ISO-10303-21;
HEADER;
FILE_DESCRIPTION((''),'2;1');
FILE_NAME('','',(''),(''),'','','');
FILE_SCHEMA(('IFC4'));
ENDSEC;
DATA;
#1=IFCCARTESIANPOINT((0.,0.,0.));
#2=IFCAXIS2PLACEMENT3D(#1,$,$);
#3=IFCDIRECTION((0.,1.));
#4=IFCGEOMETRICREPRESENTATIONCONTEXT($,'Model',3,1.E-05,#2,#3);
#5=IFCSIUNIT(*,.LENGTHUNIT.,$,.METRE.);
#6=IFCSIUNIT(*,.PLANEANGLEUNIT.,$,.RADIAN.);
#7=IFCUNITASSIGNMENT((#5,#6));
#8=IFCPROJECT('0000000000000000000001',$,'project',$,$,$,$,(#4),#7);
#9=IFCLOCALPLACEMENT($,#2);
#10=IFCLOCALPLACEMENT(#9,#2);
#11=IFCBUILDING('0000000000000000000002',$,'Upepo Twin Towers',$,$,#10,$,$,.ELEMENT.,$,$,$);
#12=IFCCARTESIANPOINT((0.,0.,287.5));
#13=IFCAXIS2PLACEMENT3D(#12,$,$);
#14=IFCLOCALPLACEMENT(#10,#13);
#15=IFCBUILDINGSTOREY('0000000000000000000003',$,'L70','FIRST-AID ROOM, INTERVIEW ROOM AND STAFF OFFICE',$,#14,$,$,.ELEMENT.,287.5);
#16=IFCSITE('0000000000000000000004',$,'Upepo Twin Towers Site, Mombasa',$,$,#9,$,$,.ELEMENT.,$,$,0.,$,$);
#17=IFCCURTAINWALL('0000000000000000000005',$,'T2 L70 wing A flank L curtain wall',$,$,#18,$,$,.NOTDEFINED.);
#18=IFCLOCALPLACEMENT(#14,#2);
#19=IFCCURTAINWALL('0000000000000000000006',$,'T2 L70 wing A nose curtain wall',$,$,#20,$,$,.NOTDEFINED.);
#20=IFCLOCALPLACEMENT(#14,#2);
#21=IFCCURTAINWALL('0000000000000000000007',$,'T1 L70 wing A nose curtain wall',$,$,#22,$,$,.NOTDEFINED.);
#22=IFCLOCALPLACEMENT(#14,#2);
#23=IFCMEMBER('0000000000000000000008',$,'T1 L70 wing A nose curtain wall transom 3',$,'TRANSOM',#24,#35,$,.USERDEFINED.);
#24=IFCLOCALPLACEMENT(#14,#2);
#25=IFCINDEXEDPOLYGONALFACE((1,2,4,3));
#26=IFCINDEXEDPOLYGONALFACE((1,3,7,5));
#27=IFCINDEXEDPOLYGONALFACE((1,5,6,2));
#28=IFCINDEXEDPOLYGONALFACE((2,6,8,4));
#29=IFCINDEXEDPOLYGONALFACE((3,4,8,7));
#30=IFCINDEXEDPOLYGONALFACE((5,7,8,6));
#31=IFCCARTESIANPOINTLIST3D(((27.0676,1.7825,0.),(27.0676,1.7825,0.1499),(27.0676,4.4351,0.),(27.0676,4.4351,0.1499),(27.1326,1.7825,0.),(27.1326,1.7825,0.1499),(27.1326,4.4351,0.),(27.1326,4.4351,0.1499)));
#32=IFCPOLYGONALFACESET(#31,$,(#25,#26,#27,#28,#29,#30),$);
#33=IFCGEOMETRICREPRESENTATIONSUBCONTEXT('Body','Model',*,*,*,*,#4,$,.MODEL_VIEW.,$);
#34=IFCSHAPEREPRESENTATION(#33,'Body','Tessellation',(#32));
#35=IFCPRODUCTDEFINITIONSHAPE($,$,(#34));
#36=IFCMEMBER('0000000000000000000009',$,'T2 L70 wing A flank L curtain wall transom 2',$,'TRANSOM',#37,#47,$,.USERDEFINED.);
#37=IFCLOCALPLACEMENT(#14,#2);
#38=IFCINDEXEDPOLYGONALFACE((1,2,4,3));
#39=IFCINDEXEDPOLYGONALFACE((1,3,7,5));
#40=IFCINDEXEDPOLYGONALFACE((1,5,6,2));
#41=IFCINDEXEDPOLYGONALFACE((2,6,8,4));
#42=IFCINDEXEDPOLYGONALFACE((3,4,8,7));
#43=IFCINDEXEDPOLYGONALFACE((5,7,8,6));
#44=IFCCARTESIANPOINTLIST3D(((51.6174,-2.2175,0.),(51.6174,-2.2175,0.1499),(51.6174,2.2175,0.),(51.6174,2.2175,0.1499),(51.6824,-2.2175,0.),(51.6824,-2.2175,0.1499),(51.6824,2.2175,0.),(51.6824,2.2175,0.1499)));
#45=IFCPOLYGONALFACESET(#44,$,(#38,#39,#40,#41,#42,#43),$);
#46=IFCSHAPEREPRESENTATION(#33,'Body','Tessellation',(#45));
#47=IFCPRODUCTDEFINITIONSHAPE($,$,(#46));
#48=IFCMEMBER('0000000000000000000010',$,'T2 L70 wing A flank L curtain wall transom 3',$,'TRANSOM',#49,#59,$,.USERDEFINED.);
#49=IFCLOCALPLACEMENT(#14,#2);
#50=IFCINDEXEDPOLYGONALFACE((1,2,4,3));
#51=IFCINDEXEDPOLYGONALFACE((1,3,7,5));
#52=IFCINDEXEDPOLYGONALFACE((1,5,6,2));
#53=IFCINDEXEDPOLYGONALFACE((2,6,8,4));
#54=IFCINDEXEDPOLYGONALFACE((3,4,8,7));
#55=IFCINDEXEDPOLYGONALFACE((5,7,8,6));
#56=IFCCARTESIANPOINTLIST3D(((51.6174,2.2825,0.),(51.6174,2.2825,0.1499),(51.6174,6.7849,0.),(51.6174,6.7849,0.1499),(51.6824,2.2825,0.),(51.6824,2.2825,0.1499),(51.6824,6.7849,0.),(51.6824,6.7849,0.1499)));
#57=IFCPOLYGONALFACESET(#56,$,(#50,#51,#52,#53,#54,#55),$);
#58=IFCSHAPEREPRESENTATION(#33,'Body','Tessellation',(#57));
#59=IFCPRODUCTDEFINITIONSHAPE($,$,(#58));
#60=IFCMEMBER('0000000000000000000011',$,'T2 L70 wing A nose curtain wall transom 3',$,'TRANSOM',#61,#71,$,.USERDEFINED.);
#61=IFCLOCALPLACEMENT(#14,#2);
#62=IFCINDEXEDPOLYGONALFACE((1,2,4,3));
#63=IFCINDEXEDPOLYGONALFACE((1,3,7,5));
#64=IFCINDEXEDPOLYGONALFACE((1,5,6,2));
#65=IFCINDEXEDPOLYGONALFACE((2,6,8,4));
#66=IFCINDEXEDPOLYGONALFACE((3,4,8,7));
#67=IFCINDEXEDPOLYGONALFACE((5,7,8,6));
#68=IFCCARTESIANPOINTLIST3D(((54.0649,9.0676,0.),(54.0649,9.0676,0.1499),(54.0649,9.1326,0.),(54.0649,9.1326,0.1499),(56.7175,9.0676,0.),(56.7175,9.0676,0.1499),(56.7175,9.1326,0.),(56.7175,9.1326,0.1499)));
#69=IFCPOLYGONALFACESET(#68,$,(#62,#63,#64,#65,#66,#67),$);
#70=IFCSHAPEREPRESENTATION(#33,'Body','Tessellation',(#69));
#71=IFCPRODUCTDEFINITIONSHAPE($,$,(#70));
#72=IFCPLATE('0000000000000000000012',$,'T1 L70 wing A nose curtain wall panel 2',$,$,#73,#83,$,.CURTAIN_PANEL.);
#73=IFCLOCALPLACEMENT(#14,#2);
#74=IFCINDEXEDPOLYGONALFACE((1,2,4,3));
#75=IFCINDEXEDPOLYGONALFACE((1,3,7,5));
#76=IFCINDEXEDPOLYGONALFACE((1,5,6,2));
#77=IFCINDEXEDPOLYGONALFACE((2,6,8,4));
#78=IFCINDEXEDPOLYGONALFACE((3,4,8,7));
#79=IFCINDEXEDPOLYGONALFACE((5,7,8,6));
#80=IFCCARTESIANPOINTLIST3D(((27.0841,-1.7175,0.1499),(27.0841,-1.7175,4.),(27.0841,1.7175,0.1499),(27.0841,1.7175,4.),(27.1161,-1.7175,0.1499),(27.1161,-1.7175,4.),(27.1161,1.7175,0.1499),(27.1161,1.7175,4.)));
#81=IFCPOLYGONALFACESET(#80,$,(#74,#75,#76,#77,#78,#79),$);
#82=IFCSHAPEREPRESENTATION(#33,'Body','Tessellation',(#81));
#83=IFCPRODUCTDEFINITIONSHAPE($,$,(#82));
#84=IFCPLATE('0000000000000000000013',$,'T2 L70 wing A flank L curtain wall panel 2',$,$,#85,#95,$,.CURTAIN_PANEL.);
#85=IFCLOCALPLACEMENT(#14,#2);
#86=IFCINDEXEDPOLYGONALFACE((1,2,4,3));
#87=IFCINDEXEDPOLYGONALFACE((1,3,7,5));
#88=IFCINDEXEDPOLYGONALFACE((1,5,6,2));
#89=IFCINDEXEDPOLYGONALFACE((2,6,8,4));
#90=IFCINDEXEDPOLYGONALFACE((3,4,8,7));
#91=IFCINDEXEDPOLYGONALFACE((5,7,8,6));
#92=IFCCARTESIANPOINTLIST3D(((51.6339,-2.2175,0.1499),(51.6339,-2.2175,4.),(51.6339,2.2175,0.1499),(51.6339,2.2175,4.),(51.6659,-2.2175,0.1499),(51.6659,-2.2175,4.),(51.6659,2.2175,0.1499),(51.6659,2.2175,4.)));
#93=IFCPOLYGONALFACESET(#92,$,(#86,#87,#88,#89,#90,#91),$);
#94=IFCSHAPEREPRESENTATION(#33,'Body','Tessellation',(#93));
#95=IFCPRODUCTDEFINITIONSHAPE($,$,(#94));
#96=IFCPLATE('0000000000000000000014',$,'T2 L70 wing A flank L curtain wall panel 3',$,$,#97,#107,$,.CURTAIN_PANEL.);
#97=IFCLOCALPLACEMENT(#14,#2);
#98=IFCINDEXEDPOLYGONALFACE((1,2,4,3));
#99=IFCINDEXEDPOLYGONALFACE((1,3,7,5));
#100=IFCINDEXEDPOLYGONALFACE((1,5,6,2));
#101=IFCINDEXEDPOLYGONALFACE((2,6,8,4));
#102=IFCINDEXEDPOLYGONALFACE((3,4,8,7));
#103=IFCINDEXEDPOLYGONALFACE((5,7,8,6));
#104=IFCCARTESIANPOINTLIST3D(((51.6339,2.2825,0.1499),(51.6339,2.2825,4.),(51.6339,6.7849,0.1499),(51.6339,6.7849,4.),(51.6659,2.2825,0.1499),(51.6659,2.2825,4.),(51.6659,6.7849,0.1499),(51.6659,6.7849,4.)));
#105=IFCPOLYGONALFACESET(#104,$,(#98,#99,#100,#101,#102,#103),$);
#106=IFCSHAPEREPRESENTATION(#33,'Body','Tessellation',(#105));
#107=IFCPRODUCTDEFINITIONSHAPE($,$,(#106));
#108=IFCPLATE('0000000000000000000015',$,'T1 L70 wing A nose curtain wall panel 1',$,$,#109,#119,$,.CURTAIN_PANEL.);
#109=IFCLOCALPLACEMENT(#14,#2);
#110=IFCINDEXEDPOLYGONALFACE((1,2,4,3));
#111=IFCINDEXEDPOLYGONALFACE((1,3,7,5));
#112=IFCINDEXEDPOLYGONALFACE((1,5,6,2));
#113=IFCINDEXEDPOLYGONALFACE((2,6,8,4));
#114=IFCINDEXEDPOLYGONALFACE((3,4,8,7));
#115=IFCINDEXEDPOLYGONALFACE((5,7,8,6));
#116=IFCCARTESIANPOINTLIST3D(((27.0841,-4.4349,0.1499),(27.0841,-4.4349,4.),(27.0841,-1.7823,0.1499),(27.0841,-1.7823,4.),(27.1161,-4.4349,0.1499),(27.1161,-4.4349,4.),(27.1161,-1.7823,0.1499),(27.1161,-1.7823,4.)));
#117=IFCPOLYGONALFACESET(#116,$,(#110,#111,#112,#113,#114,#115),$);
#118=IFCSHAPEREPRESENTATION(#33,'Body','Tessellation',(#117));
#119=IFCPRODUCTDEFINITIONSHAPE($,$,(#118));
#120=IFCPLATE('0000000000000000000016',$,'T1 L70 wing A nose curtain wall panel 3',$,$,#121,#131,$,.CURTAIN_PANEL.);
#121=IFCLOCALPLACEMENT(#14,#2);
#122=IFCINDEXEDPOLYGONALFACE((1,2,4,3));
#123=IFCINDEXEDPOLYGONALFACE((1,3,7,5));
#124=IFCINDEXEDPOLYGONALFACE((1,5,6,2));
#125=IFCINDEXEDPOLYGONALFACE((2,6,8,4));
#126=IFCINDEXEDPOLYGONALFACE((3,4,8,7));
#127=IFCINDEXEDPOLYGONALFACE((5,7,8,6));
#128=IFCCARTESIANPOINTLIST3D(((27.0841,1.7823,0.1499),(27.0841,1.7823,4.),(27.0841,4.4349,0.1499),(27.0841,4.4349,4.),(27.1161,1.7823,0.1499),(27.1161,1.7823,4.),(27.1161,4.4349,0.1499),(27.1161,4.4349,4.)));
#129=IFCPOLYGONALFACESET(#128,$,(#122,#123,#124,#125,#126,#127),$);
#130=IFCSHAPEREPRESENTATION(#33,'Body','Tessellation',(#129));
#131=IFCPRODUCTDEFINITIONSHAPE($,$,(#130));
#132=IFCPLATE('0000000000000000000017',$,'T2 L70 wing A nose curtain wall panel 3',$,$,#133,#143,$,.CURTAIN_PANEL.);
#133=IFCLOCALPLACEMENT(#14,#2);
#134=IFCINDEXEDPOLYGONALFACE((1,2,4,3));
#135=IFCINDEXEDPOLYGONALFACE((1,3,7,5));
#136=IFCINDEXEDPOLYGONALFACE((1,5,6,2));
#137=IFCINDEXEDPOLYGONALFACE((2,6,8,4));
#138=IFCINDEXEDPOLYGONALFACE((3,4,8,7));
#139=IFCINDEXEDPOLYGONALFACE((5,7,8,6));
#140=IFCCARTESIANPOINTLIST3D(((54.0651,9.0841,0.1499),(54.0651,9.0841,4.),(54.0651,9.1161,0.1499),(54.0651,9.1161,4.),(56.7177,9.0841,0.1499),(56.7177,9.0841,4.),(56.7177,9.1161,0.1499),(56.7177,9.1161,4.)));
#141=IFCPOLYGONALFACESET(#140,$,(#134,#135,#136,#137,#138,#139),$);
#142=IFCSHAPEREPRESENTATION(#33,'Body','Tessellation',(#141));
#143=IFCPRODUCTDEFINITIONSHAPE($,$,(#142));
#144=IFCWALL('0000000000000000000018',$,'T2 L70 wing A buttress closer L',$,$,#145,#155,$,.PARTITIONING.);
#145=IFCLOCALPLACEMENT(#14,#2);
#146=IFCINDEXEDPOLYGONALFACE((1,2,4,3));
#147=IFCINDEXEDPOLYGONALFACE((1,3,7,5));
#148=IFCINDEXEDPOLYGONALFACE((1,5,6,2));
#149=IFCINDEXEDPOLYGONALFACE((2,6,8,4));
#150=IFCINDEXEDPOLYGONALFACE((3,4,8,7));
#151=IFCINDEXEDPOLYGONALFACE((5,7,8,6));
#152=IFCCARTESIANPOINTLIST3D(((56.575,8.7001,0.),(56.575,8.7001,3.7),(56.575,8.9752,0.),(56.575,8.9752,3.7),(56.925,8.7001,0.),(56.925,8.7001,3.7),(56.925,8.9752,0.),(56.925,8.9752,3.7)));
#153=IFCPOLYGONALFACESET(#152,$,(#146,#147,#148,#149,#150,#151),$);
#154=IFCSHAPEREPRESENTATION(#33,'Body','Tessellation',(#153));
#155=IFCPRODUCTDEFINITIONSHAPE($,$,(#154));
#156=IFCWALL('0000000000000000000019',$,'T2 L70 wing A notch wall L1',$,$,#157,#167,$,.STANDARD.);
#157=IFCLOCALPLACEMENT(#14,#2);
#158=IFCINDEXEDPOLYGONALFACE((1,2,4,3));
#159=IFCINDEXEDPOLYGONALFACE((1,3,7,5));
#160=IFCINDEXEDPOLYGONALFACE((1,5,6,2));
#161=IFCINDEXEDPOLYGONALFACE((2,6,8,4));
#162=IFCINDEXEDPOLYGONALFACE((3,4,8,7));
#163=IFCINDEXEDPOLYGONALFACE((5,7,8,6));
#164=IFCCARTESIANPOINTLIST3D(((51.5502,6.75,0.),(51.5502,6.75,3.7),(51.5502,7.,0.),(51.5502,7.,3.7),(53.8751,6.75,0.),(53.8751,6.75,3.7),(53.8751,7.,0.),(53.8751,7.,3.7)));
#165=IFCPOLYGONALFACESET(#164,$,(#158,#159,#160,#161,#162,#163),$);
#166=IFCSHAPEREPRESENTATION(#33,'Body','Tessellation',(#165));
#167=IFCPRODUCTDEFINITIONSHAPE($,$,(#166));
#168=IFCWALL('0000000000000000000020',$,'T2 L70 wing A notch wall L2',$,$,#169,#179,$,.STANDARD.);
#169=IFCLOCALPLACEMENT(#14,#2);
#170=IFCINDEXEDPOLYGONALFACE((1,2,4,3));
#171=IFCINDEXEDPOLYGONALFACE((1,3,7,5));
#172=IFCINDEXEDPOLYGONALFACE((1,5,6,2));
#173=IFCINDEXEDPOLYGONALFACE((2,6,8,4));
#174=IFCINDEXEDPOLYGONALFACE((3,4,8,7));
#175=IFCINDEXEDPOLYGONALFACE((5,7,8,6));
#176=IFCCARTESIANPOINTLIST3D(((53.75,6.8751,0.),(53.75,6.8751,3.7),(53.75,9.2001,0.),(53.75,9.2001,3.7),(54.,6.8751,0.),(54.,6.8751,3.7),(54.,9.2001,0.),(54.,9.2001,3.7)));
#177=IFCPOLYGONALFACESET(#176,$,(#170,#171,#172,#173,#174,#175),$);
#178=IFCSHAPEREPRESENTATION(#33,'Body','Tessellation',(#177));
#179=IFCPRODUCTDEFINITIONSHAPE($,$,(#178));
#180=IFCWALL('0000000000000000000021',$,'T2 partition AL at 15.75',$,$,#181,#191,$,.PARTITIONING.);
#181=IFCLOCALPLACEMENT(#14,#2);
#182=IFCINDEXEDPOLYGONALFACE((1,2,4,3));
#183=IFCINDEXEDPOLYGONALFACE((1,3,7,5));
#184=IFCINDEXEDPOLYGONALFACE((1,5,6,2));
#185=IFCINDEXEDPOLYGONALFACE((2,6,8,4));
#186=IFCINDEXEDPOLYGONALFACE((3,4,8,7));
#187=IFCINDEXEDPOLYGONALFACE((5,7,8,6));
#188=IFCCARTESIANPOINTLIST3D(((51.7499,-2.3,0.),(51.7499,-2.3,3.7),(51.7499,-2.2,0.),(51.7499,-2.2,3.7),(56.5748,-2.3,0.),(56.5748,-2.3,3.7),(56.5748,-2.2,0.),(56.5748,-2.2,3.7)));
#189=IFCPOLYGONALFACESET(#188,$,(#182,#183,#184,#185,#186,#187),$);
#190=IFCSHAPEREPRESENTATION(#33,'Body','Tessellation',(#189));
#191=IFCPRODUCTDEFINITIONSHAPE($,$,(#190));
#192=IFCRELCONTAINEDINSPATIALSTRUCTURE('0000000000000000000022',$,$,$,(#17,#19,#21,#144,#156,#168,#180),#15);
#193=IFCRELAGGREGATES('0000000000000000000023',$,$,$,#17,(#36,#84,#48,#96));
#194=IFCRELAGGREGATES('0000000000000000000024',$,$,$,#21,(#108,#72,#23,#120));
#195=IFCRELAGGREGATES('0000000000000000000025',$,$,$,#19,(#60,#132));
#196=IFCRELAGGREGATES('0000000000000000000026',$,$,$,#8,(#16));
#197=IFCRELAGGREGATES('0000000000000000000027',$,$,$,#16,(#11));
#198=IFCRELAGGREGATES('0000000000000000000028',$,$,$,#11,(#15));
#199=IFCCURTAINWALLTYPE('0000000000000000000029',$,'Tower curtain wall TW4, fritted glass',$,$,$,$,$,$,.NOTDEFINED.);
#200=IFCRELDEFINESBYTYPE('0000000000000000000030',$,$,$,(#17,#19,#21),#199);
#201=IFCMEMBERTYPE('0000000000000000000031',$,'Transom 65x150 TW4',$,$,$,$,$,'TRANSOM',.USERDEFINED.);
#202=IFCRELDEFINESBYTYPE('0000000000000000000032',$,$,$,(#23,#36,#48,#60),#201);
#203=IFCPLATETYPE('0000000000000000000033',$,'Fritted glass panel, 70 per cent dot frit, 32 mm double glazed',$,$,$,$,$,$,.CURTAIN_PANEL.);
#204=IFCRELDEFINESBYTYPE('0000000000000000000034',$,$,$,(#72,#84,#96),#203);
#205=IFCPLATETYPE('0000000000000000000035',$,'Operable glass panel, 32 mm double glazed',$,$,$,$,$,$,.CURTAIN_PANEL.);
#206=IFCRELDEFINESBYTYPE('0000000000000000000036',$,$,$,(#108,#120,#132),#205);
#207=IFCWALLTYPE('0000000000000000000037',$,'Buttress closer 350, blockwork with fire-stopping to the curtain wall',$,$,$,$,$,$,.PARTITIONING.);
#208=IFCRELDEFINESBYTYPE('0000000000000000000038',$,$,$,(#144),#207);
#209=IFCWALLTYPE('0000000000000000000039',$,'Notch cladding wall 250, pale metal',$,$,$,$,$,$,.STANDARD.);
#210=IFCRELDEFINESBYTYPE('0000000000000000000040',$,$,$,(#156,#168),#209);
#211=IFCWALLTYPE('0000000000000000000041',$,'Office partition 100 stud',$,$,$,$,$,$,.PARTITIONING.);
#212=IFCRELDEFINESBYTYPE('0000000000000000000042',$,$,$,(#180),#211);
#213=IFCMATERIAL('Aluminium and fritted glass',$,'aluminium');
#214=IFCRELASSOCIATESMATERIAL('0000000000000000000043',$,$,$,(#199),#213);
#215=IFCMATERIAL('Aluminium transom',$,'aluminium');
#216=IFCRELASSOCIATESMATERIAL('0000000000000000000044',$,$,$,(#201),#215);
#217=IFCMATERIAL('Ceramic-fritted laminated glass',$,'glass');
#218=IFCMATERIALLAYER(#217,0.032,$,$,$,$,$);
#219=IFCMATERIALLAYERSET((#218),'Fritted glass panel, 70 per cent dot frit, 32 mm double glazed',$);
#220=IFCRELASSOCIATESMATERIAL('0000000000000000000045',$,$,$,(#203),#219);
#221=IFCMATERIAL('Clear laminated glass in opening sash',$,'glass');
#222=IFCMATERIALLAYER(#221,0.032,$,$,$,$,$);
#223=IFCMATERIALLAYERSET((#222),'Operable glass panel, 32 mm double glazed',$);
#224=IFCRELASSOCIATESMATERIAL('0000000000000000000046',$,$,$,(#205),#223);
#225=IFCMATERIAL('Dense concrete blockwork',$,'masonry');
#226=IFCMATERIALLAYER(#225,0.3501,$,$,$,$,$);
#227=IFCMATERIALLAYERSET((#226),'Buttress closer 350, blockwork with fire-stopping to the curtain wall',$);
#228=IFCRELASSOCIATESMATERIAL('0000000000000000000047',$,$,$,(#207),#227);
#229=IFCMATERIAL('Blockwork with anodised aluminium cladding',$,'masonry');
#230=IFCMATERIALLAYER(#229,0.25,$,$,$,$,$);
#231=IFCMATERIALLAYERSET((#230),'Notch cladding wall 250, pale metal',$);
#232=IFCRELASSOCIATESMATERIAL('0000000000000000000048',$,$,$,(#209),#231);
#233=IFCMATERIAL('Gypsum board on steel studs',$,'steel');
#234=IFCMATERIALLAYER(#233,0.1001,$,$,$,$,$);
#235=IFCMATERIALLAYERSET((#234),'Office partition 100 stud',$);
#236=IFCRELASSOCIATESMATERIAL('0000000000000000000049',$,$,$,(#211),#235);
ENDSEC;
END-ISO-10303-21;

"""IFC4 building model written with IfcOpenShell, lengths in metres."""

from ifc_helpers import new_model, si_unit, direction, frame, frame_2d, origin, origin_2d, place, context, subcontext, project, spatial, rectangle, extrude, material, layer, layer_set, material_profile, profile_set, type_object, element, aggregate, save


model = new_model("IFC4")

# Units and contexts
model_context = context("Model", 3, precision=1e-05, world=origin(), true_north=direction((0.0, 1.0)))
body_context = subcontext(model_context, "Body", "Model", "MODEL_VIEW")
ifc_project = project(units=[si_unit("LENGTHUNIT", "METRE"), si_unit("PLANEANGLEUNIT", "RADIAN")], contexts=[model_context])

# Site, building, storey
site_placement = place(None, origin())
site = spatial("IfcSite", under=ifc_project, at=site_placement, Name="Upepo Twin Towers Site, Mombasa", CompositionType="ELEMENT", RefElevation=0.0)
building_placement = place(site_placement, origin())
building = spatial("IfcBuilding", under=site, at=building_placement, Name="Upepo Twin Towers", CompositionType="ELEMENT")
storey_placement = place(building_placement, frame((0.0, 0.0, 287.5)))
storey = spatial("IfcBuildingStorey", under=building, at=storey_placement, Name="L70", Description="FIRST-AID ROOM, INTERVIEW ROOM AND STAFF OFFICE", CompositionType="ELEMENT", Elevation=287.5)

# Curtain walls, member
ifc_material_1 = material(Name="Aluminium and fritted glass", Category="aluminium")
curtain_wall_type = type_object("IfcCurtainWallType", Name="Tower curtain wall TW4, fritted glass", PredefinedType="NOTDEFINED", material=ifc_material_1)
curtain_wall_1_placement = place(storey_placement, origin())
curtain_wall_1 = element("IfcCurtainWall", 1, at=curtain_wall_1_placement, inside=storey, type_object=curtain_wall_type, Name="T2 L70 wing A flank L curtain wall", PredefinedType="NOTDEFINED")
curtain_wall_2_placement = place(storey_placement, origin())
curtain_wall_2 = element("IfcCurtainWall", 2, at=curtain_wall_2_placement, inside=storey, type_object=curtain_wall_type, Name="T2 L70 wing A nose curtain wall", PredefinedType="NOTDEFINED")
curtain_wall_3_placement = place(storey_placement, origin())
curtain_wall_3 = element("IfcCurtainWall", 3, at=curtain_wall_3_placement, inside=storey, type_object=curtain_wall_type, Name="T1 L70 wing A nose curtain wall", PredefinedType="NOTDEFINED")
ifc_material_2 = material(Name="Aluminium transom", Category="aluminium")
ifc_material_profile_1 = material_profile(ifc_material_2, rectangle(XDim=0.0649, YDim=0.1499, at=origin_2d()), Name="TRANSOM 65x150")
ifc_profile_set_1 = profile_set([ifc_material_profile_1], Name="Aluminium transom")
member_type_1 = type_object("IfcMemberType", Name="Transom 65x150 TW4", ElementType="TRANSOM", PredefinedType="USERDEFINED", material=ifc_profile_set_1)
member_1_placement = place(storey_placement, frame((27.1001, 1.7825, 0.075), z_axis=(0.0, 1.0, 0.0), x_axis=(-1.0, 0.0, 0.0)))
member_1 = element("IfcMember", 4, at=member_1_placement, type_object=member_type_1, Name="T1 L70 wing A nose curtain wall transom 3", ObjectType="TRANSOM", PredefinedType="USERDEFINED", context=body_context, shape_type="SweptSolid", body=[
    extrude(rectangle(XDim=0.0649, YDim=0.1499, at=origin_2d()), origin(), (0.0, 0.0, 1.0), 2.6526),
])

# Members
member_2_placement = place(storey_placement, frame((51.6499, -2.2175, 0.075), z_axis=(0.0, 1.0, 0.0), x_axis=(-1.0, 0.0, 0.0)))
member_2 = element("IfcMember", 5, at=member_2_placement, type_object=member_type_1, Name="T2 L70 wing A flank L curtain wall transom 2", ObjectType="TRANSOM", PredefinedType="USERDEFINED", context=body_context, shape_type="SweptSolid", body=[
    extrude(rectangle(XDim=0.0649, YDim=0.1499, at=origin_2d()), origin(), (0.0, 0.0, 1.0), 4.4351),
])
member_3_placement = place(storey_placement, frame((51.6499, 2.2825, 0.075), z_axis=(0.0, 1.0, 0.0), x_axis=(-1.0, 0.0, 0.0)))
member_3 = element("IfcMember", 6, at=member_3_placement, type_object=member_type_1, Name="T2 L70 wing A flank L curtain wall transom 3", ObjectType="TRANSOM", PredefinedType="USERDEFINED", context=body_context, shape_type="SweptSolid", body=[
    extrude(rectangle(XDim=0.0649, YDim=0.1499, at=origin_2d()), origin(), (0.0, 0.0, 1.0), 4.5024),
])
member_4_placement = place(storey_placement, frame((56.7175, 9.1001, 0.075), z_axis=(-1.0, 0.0, 0.0), x_axis=(0.0, -1.0, 0.0)))
member_4 = element("IfcMember", 7, at=member_4_placement, type_object=member_type_1, Name="T2 L70 wing A nose curtain wall transom 3", ObjectType="TRANSOM", PredefinedType="USERDEFINED", context=body_context, shape_type="SweptSolid", body=[
    extrude(rectangle(XDim=0.0649, YDim=0.1499, at=origin_2d()), origin(), (0.0, 0.0, 1.0), 2.6526),
])

# Plates
ifc_material_3 = material(Name="Ceramic-fritted laminated glass", Category="glass")
ifc_layer_1 = layer(ifc_material_3, 0.032)
ifc_layer_set_1 = layer_set([ifc_layer_1], Name="Fritted glass panel, 70 per cent dot frit, 32 mm double glazed")
plate_type_1 = type_object("IfcPlateType", Name="Fritted glass panel, 70 per cent dot frit, 32 mm double glazed", PredefinedType="CURTAIN_PANEL", material=ifc_layer_set_1)
plate_1_placement = place(storey_placement, frame((27.1001, 0.0, 0.1499), z_axis=(0.0, 0.0, 1.0), x_axis=(0.0, 1.0, 0.0)))
plate_1 = element("IfcPlate", 8, at=plate_1_placement, type_object=plate_type_1, Name="T1 L70 wing A nose curtain wall panel 2", PredefinedType="CURTAIN_PANEL", context=body_context, shape_type="SweptSolid", body=[
    extrude(rectangle(XDim=3.4351, YDim=0.032, at=origin_2d()), origin(), (0.0, 0.0, 1.0), 3.8501),
])
plate_2_placement = place(storey_placement, frame((51.6499, 0.0, 0.1499), z_axis=(0.0, 0.0, 1.0), x_axis=(0.0, 1.0, 0.0)))
plate_2 = element("IfcPlate", 9, at=plate_2_placement, type_object=plate_type_1, Name="T2 L70 wing A flank L curtain wall panel 2", PredefinedType="CURTAIN_PANEL", context=body_context, shape_type="SweptSolid", body=[
    extrude(rectangle(XDim=4.4351, YDim=0.032, at=origin_2d()), origin(), (0.0, 0.0, 1.0), 3.8501),
])
plate_3_placement = place(storey_placement, frame((51.6499, 4.5337, 0.1499), z_axis=(0.0, 0.0, 1.0), x_axis=(0.0, 1.0, 0.0)))
plate_3 = element("IfcPlate", 10, at=plate_3_placement, type_object=plate_type_1, Name="T2 L70 wing A flank L curtain wall panel 3", PredefinedType="CURTAIN_PANEL", context=body_context, shape_type="SweptSolid", body=[
    extrude(rectangle(XDim=4.5024, YDim=0.032, at=origin_2d()), origin(), (0.0, 0.0, 1.0), 3.8501),
])
aggregate(curtain_wall_1, [member_2, plate_2, member_3, plate_3])
ifc_material_4 = material(Name="Clear laminated glass in opening sash", Category="glass")
ifc_layer_2 = layer(ifc_material_4, 0.032)
ifc_layer_set_2 = layer_set([ifc_layer_2], Name="Operable glass panel, 32 mm double glazed")
plate_type_2 = type_object("IfcPlateType", Name="Operable glass panel, 32 mm double glazed", PredefinedType="CURTAIN_PANEL", material=ifc_layer_set_2)
plate_4_placement = place(storey_placement, frame((27.1001, -3.1086, 0.1499), z_axis=(0.0, 0.0, 1.0), x_axis=(0.0, 1.0, 0.0)))
plate_4 = element("IfcPlate", 11, at=plate_4_placement, type_object=plate_type_2, Name="T1 L70 wing A nose curtain wall panel 1", PredefinedType="CURTAIN_PANEL", context=body_context, shape_type="SweptSolid", body=[
    extrude(rectangle(XDim=2.6526, YDim=0.032, at=origin_2d()), origin(), (0.0, 0.0, 1.0), 3.8501),
])
plate_5_placement = place(storey_placement, frame((27.1001, 3.1086, 0.1499), z_axis=(0.0, 0.0, 1.0), x_axis=(0.0, 1.0, 0.0)))
plate_5 = element("IfcPlate", 12, at=plate_5_placement, type_object=plate_type_2, Name="T1 L70 wing A nose curtain wall panel 3", PredefinedType="CURTAIN_PANEL", context=body_context, shape_type="SweptSolid", body=[
    extrude(rectangle(XDim=2.6526, YDim=0.032, at=origin_2d()), origin(), (0.0, 0.0, 1.0), 3.8501),
])
aggregate(curtain_wall_3, [plate_4, plate_1, member_1, plate_5])
plate_6_placement = place(storey_placement, frame((55.3914, 9.1001, 0.1499), z_axis=(0.0, 0.0, 1.0), x_axis=(-1.0, 0.0, 0.0)))
plate_6 = element("IfcPlate", 13, at=plate_6_placement, type_object=plate_type_2, Name="T2 L70 wing A nose curtain wall panel 3", PredefinedType="CURTAIN_PANEL", context=body_context, shape_type="SweptSolid", body=[
    extrude(rectangle(XDim=2.6526, YDim=0.032, at=origin_2d()), origin(), (0.0, 0.0, 1.0), 3.8501),
])
aggregate(curtain_wall_2, [member_4, plate_6])

# Walls
ifc_material_5 = material(Name="Dense concrete blockwork", Category="masonry")
ifc_layer_3 = layer(ifc_material_5, 0.3501)
ifc_layer_set_3 = layer_set([ifc_layer_3], Name="Buttress closer 350, blockwork with fire-stopping to the curtain wall")
wall_type_1 = type_object("IfcWallType", Name="Buttress closer 350, blockwork with fire-stopping to the curtain wall", PredefinedType="PARTITIONING", material=ifc_layer_set_3)
wall_1_placement = place(storey_placement, frame((56.75, 8.7, 0.0), z_axis=(0.0, 0.0, 1.0), x_axis=(0.0, 1.0, 0.0)))
element("IfcWall", 14, at=wall_1_placement, inside=storey, type_object=wall_type_1, Name="T2 L70 wing A buttress closer L", PredefinedType="PARTITIONING", context=body_context, shape_type="SweptSolid", body=[
    extrude(rectangle(XDim=0.2751, YDim=0.3501, at=frame_2d((0.1377, 0.0))), origin(), (0.0, 0.0, 1.0), 3.7),
])
ifc_material_6 = material(Name="Blockwork with anodised aluminium cladding", Category="masonry")
ifc_layer_4 = layer(ifc_material_6, 0.25)
ifc_layer_set_4 = layer_set([ifc_layer_4], Name="Notch cladding wall 250, pale metal")
wall_type_2 = type_object("IfcWallType", Name="Notch cladding wall 250, pale metal", PredefinedType="STANDARD", material=ifc_layer_set_4)
for number, where, z_axis, x_axis, name in (
    (15, (51.55, 6.875, 0.0), (0.0, 0.0, 1.0), (1.0, 0.0, 0.0), "T2 L70 wing A notch wall L1"),
    (16, (53.875, 6.875, 0.0), (0.0, 0.0, 1.0), (0.0, 1.0, 0.0), "T2 L70 wing A notch wall L2"),
):
    element("IfcWall", number, at=place(storey_placement, frame(where, z_axis=z_axis, x_axis=x_axis)), inside=storey, type_object=wall_type_2, Name=name, PredefinedType="STANDARD", context=body_context, shape_type="SweptSolid", body=[
        extrude(rectangle(XDim=2.325, YDim=0.25, at=frame_2d((1.1626, 0.0))), origin(), (0.0, 0.0, 1.0), 3.7),
    ])
ifc_material_7 = material(Name="Gypsum board on steel studs", Category="steel")
ifc_layer_5 = layer(ifc_material_7, 0.1001)
ifc_layer_set_5 = layer_set([ifc_layer_5], Name="Office partition 100 stud")
wall_type_3 = type_object("IfcWallType", Name="Office partition 100 stud", PredefinedType="PARTITIONING", material=ifc_layer_set_5)
for number, where, z_axis, x_axis, name in (
    (17, (56.575, -2.25, 0.0), (0.0, 0.0, 1.0), (-1.0, 0.0, 0.0), "T2 partition AL at 15.75"),
):
    element("IfcWall", number, at=place(storey_placement, frame(where, z_axis=z_axis, x_axis=x_axis)), inside=storey, type_object=wall_type_3, Name=name, PredefinedType="PARTITIONING", context=body_context, shape_type="SweptSolid", body=[
        extrude(rectangle(XDim=4.825, YDim=0.1001, at=frame_2d((2.4126, 0.0))), origin(), (0.0, 0.0, 1.0), 3.7),
    ])

save(model, "model.ifc")
